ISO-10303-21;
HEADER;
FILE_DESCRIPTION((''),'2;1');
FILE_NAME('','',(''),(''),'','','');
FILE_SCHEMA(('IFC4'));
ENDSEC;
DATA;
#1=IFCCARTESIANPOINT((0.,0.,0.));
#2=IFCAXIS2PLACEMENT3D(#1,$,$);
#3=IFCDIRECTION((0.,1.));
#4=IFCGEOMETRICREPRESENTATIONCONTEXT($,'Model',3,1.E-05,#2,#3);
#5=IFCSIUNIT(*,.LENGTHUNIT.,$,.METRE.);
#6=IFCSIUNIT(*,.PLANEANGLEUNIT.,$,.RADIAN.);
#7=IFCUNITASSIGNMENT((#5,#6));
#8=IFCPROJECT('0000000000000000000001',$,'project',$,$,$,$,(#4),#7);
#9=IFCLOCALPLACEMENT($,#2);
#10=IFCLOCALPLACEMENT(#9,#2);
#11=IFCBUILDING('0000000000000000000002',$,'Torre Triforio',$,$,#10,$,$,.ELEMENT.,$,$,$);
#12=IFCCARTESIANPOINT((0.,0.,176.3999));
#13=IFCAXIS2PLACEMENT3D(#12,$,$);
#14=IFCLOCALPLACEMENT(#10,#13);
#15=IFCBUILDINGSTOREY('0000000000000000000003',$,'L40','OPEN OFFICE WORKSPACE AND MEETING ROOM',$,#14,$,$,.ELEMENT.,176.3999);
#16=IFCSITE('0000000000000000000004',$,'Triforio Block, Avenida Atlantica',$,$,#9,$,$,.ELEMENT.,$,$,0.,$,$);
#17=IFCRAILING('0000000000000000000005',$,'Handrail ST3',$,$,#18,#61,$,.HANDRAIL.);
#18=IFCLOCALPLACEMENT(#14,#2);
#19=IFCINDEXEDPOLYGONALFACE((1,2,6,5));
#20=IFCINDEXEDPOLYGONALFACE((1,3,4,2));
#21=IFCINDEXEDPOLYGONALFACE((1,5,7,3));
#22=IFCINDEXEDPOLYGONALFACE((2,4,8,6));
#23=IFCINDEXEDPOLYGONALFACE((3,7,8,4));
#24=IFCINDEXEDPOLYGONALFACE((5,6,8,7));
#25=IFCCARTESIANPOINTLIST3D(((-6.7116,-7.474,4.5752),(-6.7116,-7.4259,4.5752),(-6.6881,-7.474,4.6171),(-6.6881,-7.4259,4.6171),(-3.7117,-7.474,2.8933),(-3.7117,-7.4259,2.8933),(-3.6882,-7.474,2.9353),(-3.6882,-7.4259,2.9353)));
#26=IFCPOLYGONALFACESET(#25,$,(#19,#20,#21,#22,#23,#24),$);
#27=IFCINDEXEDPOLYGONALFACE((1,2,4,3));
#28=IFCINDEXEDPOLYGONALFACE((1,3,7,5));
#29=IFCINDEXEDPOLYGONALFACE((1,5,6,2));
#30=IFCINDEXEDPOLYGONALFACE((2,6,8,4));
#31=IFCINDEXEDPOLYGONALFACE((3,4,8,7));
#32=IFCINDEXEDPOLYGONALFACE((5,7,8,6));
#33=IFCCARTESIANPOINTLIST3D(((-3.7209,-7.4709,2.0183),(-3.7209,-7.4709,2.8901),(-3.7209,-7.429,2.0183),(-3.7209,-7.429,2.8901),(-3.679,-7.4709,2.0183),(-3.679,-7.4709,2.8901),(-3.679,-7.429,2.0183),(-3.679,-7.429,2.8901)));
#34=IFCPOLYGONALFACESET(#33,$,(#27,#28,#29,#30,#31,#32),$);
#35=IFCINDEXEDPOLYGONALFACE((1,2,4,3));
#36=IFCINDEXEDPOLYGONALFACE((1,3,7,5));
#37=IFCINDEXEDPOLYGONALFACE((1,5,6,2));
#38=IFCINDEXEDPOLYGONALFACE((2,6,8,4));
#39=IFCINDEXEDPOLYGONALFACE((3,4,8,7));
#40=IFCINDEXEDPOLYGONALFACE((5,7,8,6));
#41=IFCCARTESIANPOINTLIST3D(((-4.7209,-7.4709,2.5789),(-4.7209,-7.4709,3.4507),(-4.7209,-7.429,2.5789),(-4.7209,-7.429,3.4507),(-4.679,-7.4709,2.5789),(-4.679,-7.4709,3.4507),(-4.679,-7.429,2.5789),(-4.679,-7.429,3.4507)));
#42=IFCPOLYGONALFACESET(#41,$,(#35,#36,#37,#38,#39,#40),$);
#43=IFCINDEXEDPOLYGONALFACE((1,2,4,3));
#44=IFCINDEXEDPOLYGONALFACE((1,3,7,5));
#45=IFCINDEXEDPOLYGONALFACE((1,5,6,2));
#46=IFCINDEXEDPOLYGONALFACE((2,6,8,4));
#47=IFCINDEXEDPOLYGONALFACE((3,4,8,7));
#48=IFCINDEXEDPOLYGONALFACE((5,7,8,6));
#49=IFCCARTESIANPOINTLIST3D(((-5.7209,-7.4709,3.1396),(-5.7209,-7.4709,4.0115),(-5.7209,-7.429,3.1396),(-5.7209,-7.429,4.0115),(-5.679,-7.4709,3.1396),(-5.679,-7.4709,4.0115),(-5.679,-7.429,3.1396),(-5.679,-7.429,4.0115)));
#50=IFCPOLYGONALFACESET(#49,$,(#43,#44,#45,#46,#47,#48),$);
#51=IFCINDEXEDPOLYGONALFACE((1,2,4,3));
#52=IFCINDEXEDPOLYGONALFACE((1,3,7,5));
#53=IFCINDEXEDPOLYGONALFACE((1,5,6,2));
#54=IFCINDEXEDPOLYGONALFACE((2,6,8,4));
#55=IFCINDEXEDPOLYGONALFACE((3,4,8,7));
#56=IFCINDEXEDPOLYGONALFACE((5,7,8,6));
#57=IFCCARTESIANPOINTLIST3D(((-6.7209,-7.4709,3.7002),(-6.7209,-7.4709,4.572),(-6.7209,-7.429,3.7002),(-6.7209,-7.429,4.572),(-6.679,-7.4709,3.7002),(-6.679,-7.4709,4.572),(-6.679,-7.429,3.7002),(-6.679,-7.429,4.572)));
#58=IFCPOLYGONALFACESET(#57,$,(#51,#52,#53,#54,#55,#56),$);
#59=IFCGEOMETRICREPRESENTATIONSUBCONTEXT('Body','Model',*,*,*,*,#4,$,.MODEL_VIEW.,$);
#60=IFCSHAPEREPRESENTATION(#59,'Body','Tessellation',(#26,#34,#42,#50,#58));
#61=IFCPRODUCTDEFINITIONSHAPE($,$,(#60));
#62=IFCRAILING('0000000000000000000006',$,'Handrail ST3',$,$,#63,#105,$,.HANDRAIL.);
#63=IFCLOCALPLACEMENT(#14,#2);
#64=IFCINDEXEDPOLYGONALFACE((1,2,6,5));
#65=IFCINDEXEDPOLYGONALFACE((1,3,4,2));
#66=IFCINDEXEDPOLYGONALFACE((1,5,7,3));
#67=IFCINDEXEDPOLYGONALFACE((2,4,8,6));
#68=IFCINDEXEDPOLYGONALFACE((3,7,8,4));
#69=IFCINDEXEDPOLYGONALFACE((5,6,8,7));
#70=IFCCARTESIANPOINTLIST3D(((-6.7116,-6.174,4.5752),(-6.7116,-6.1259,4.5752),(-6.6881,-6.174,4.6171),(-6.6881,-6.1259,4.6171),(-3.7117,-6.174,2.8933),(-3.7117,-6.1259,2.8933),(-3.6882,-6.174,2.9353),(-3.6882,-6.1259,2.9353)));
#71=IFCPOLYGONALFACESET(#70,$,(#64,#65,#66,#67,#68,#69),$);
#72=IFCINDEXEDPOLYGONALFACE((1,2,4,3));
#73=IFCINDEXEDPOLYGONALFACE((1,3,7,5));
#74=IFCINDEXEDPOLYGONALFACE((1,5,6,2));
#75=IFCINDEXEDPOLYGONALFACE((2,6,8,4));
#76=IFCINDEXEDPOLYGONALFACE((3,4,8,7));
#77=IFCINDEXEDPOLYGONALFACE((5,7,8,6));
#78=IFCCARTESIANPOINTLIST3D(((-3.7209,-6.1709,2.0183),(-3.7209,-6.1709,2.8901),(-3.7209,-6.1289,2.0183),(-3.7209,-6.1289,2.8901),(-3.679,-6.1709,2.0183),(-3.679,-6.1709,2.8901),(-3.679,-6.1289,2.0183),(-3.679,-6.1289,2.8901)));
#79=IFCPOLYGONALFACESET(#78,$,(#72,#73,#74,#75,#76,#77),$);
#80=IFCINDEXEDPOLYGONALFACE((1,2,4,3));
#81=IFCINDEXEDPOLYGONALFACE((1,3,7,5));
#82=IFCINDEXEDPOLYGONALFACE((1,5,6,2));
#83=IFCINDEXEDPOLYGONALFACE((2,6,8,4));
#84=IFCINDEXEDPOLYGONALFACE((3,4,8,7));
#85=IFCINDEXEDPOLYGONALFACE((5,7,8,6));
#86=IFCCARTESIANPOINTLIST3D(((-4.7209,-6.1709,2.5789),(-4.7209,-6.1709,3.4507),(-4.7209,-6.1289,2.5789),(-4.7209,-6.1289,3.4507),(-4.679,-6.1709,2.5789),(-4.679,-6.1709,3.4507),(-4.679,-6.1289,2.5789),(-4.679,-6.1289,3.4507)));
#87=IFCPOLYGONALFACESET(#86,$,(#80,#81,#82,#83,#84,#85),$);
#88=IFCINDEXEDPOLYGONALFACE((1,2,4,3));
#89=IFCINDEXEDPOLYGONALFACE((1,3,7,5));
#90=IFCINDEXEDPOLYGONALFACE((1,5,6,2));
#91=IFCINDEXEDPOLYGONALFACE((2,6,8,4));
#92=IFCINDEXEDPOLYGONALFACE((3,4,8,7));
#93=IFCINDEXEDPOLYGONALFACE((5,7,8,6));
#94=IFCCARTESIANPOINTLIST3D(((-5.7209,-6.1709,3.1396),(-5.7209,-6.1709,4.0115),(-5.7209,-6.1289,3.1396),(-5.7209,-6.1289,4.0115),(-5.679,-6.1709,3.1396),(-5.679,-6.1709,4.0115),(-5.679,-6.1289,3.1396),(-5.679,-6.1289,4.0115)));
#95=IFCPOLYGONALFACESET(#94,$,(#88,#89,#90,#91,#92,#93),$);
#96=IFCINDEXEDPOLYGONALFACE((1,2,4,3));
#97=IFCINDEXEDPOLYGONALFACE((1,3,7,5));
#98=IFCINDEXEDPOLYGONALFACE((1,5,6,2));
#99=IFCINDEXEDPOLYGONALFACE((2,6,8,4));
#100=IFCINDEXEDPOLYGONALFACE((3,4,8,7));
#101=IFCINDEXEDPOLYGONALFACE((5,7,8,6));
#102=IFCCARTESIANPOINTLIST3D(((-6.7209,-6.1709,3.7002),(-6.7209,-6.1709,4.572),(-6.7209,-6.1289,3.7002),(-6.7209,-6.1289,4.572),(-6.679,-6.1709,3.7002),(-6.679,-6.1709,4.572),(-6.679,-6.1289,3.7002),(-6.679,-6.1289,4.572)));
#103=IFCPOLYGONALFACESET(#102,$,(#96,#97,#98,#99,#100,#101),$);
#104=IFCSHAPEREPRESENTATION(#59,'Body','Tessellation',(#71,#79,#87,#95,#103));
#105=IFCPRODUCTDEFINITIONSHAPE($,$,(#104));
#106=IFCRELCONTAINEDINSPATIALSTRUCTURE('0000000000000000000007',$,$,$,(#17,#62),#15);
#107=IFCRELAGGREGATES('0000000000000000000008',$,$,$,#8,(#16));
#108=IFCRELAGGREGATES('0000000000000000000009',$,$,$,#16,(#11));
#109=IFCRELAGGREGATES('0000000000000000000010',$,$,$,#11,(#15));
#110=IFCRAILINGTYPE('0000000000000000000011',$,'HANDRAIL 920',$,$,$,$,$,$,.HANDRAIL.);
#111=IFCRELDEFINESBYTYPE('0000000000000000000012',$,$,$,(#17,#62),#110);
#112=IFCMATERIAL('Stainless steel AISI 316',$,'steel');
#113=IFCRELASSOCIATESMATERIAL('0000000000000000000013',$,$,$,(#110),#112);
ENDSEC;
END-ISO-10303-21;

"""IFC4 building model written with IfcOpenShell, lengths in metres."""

from ifc_helpers import new_model, si_unit, direction, frame, origin, origin_2d, place, context, subcontext, project, spatial, rectangle, extrude, material, type_object, element, save


model = new_model("IFC4")

# Units and contexts
model_context = context("Model", 3, precision=1e-05, world=origin(), true_north=direction((0.0, 1.0)))
body_context = subcontext(model_context, "Body", "Model", "MODEL_VIEW")
ifc_project = project(units=[si_unit("LENGTHUNIT", "METRE"), si_unit("PLANEANGLEUNIT", "RADIAN")], contexts=[model_context])

# Site, building, storey
site_placement = place(None, origin())
site = spatial("IfcSite", under=ifc_project, at=site_placement, Name="Triforio Block, Avenida Atlantica", CompositionType="ELEMENT", RefElevation=0.0)
building_placement = place(site_placement, origin())
building = spatial("IfcBuilding", under=site, at=building_placement, Name="Torre Triforio", CompositionType="ELEMENT")
storey_placement = place(building_placement, frame((0.0, 0.0, 176.3999)))
storey = spatial("IfcBuildingStorey", under=building, at=storey_placement, Name="L40", Description="OPEN OFFICE WORKSPACE AND MEETING ROOM", CompositionType="ELEMENT", Elevation=176.3999)

# Railings
ifc_material_1 = material(Name="Stainless steel AISI 316", Category="steel")
railing_type = type_object("IfcRailingType", Name="HANDRAIL 920", PredefinedType="HANDRAIL", material=ifc_material_1)
for number, where, name in (
    (1, (-3.7, -7.45, 2.0183), "Handrail ST3"),
    (2, (-3.7, -6.1499, 2.0183), "Handrail ST3"),
):
    element("IfcRailing", number, at=place(storey_placement, frame(where)), inside=storey, type_object=railing_type, Name=name, PredefinedType="HANDRAIL", context=body_context, shape_type="SweptSolid", body=[
        extrude(rectangle(XDim=0.0481, YDim=0.0481, at=origin_2d()), frame((0.0, 0.0, 0.896), z_axis=(-0.872272, 0.0, 0.48902), x_axis=(0.0, -1.0, 0.0)), (0.0, 0.0, 1.0), 3.4392),
        extrude(rectangle(XDim=0.042, YDim=0.042, at=origin_2d()), origin(), (0.0, 0.0, 1.0), 0.8718),
        extrude(rectangle(XDim=0.042, YDim=0.042, at=origin_2d()), frame((-1.0, 0.0, 0.5605)), (0.0, 0.0, 1.0), 0.8718),
        extrude(rectangle(XDim=0.042, YDim=0.042, at=origin_2d()), frame((-2.0, 0.0, 1.1213)), (0.0, 0.0, 1.0), 0.8718),
        extrude(rectangle(XDim=0.042, YDim=0.042, at=origin_2d()), frame((-3.0, 0.0, 1.6819)), (0.0, 0.0, 1.0), 0.8718),
    ])

save(model, "model.ifc")
